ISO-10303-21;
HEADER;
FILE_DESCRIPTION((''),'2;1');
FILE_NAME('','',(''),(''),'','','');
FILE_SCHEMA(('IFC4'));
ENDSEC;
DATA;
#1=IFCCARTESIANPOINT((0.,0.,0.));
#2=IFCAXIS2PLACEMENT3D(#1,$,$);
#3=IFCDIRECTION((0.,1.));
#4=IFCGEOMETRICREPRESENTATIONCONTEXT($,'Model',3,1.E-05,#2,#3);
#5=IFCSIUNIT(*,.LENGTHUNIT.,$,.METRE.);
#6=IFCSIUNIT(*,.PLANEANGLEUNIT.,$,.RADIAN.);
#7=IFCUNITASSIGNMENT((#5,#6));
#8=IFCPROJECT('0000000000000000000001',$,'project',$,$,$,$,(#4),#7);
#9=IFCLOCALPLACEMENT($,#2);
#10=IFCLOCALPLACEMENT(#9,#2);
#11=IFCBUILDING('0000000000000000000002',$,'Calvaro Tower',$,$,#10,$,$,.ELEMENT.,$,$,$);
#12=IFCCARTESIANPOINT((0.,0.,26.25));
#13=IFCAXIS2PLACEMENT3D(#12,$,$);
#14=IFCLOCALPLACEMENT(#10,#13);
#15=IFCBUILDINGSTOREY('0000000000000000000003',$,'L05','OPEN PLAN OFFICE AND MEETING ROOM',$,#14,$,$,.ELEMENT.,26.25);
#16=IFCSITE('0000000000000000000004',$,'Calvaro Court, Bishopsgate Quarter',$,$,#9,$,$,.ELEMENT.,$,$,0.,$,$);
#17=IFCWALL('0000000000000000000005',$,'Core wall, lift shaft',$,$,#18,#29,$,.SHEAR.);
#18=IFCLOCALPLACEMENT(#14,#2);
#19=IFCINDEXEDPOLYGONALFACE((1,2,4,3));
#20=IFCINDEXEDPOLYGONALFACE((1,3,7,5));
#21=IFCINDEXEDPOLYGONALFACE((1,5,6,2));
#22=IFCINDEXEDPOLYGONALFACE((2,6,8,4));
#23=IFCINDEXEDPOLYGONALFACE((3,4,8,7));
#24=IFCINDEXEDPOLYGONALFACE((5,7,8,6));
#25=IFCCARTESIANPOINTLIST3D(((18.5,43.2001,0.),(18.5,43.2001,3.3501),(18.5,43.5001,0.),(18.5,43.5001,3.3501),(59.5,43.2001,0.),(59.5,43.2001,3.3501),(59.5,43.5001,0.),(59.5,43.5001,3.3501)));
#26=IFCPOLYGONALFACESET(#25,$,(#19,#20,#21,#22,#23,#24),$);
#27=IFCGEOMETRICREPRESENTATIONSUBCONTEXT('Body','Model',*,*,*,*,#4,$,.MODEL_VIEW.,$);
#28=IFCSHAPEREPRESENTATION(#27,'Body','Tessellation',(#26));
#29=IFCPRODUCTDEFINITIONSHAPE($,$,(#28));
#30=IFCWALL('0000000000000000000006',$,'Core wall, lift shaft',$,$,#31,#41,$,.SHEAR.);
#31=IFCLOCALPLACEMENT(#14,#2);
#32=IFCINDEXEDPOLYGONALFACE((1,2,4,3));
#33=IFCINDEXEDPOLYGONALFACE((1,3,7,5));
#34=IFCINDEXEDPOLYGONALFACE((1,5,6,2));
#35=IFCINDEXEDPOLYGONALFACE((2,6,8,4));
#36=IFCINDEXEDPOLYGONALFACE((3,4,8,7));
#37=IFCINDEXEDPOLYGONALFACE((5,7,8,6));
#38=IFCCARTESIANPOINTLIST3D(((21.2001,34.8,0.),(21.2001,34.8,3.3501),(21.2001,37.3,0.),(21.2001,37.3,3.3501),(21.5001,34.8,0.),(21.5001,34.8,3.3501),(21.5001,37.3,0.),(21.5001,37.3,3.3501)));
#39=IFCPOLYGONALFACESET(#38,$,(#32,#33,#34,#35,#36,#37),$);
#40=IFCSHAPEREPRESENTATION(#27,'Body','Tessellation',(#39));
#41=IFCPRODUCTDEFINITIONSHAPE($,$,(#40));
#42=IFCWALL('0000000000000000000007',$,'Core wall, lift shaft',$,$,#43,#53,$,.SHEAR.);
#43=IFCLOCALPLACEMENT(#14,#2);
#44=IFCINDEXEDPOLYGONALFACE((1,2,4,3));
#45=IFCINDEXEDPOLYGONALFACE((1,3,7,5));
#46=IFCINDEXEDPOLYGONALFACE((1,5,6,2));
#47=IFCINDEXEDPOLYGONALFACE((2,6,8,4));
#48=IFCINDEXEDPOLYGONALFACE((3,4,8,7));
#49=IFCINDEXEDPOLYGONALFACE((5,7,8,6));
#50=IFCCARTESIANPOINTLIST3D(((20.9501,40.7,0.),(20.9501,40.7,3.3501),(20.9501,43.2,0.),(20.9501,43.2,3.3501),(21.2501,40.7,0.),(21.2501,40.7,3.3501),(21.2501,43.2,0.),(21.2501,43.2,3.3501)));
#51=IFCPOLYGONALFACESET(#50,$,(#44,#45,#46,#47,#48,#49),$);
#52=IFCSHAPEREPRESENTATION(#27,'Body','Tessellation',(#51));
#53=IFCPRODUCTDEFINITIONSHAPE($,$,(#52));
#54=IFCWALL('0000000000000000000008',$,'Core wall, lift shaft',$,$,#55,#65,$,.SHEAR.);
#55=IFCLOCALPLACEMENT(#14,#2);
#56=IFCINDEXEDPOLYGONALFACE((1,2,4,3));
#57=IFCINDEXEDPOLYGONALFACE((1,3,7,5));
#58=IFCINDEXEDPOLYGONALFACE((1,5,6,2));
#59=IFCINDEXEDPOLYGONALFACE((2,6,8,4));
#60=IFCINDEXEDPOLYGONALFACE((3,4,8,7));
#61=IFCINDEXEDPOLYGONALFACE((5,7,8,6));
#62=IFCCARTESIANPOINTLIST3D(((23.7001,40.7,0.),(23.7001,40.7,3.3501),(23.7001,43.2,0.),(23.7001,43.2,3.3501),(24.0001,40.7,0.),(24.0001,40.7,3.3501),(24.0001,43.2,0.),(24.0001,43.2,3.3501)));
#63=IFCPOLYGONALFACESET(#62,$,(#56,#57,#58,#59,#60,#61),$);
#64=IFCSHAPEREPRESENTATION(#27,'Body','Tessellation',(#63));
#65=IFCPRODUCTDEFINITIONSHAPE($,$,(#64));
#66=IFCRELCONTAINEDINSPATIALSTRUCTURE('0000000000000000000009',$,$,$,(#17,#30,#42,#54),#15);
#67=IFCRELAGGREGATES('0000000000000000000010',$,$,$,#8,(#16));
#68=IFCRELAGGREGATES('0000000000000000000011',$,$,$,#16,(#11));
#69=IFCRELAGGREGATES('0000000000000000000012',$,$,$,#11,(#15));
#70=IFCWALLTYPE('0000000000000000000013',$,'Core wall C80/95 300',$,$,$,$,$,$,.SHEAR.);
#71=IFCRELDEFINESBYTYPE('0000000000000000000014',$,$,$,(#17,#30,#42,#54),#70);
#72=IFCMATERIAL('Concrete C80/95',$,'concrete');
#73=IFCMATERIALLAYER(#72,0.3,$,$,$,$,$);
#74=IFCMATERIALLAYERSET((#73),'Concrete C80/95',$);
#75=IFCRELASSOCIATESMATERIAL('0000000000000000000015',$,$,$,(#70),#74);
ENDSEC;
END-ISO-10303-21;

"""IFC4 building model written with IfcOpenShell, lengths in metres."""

from ifc_helpers import new_model, si_unit, direction, frame, frame_2d, origin, place, context, subcontext, project, spatial, rectangle, extrude, material, layer, layer_set, type_object, element, save


model = new_model("IFC4")

# Units and contexts
model_context = context("Model", 3, precision=1e-05, world=origin(), true_north=direction((0.0, 1.0)))
body_context = subcontext(model_context, "Body", "Model", "MODEL_VIEW")
ifc_project = project(units=[si_unit("LENGTHUNIT", "METRE"), si_unit("PLANEANGLEUNIT", "RADIAN")], contexts=[model_context])

# Site, building, storey
site_placement = place(None, origin())
site = spatial("IfcSite", under=ifc_project, at=site_placement, Name="Calvaro Court, Bishopsgate Quarter", CompositionType="ELEMENT", RefElevation=0.0)
building_placement = place(site_placement, origin())
building = spatial("IfcBuilding", under=site, at=building_placement, Name="Calvaro Tower", CompositionType="ELEMENT")
storey_placement = place(building_placement, frame((0.0, 0.0, 26.25)))
storey = spatial("IfcBuildingStorey", under=building, at=storey_placement, Name="L05", Description="OPEN PLAN OFFICE AND MEETING ROOM", CompositionType="ELEMENT", Elevation=26.25)

# Shared definitions
ifc_material_1 = material(Name="Concrete C80/95", Category="concrete")
ifc_layer_1 = layer(ifc_material_1, 0.3)
ifc_layer_set_1 = layer_set([ifc_layer_1], Name="Concrete C80/95")
wall_type_1 = type_object("IfcWallType", Name="Core wall C80/95 300", PredefinedType="SHEAR", material=ifc_layer_set_1)

# Walls
wall_1_placement = place(storey_placement, frame((18.5, 43.3501, 0.0), z_axis=(0.0, 0.0, 1.0), x_axis=(1.0, 0.0, 0.0)))
element("IfcWall", 1, at=wall_1_placement, inside=storey, type_object=wall_type_1, Name="Core wall, lift shaft", PredefinedType="SHEAR", context=body_context, shape_type="SweptSolid", body=[
    extrude(rectangle(XDim=41.0, YDim=0.3, at=frame_2d((20.5, 0.0))), origin(), (0.0, 0.0, 1.0), 3.3501),
])
for number, where, z_axis, x_axis, name in (
    (2, (21.3501, 34.8, 0.0), (0.0, 0.0, 1.0), (0.0, 1.0, 0.0), "Core wall, lift shaft"),
    (3, (21.1001, 40.7, 0.0), (0.0, 0.0, 1.0), (0.0, 1.0, 0.0), "Core wall, lift shaft"),
    (4, (23.8501, 40.7, 0.0), (0.0, 0.0, 1.0), (0.0, 1.0, 0.0), "Core wall, lift shaft"),
):
    element("IfcWall", number, at=place(storey_placement, frame(where, z_axis=z_axis, x_axis=x_axis)), inside=storey, type_object=wall_type_1, Name=name, PredefinedType="SHEAR", context=body_context, shape_type="SweptSolid", body=[
        extrude(rectangle(XDim=2.5, YDim=0.3, at=frame_2d((1.25, 0.0))), origin(), (0.0, 0.0, 1.0), 3.3501),
    ])

save(model, "model.ifc")
